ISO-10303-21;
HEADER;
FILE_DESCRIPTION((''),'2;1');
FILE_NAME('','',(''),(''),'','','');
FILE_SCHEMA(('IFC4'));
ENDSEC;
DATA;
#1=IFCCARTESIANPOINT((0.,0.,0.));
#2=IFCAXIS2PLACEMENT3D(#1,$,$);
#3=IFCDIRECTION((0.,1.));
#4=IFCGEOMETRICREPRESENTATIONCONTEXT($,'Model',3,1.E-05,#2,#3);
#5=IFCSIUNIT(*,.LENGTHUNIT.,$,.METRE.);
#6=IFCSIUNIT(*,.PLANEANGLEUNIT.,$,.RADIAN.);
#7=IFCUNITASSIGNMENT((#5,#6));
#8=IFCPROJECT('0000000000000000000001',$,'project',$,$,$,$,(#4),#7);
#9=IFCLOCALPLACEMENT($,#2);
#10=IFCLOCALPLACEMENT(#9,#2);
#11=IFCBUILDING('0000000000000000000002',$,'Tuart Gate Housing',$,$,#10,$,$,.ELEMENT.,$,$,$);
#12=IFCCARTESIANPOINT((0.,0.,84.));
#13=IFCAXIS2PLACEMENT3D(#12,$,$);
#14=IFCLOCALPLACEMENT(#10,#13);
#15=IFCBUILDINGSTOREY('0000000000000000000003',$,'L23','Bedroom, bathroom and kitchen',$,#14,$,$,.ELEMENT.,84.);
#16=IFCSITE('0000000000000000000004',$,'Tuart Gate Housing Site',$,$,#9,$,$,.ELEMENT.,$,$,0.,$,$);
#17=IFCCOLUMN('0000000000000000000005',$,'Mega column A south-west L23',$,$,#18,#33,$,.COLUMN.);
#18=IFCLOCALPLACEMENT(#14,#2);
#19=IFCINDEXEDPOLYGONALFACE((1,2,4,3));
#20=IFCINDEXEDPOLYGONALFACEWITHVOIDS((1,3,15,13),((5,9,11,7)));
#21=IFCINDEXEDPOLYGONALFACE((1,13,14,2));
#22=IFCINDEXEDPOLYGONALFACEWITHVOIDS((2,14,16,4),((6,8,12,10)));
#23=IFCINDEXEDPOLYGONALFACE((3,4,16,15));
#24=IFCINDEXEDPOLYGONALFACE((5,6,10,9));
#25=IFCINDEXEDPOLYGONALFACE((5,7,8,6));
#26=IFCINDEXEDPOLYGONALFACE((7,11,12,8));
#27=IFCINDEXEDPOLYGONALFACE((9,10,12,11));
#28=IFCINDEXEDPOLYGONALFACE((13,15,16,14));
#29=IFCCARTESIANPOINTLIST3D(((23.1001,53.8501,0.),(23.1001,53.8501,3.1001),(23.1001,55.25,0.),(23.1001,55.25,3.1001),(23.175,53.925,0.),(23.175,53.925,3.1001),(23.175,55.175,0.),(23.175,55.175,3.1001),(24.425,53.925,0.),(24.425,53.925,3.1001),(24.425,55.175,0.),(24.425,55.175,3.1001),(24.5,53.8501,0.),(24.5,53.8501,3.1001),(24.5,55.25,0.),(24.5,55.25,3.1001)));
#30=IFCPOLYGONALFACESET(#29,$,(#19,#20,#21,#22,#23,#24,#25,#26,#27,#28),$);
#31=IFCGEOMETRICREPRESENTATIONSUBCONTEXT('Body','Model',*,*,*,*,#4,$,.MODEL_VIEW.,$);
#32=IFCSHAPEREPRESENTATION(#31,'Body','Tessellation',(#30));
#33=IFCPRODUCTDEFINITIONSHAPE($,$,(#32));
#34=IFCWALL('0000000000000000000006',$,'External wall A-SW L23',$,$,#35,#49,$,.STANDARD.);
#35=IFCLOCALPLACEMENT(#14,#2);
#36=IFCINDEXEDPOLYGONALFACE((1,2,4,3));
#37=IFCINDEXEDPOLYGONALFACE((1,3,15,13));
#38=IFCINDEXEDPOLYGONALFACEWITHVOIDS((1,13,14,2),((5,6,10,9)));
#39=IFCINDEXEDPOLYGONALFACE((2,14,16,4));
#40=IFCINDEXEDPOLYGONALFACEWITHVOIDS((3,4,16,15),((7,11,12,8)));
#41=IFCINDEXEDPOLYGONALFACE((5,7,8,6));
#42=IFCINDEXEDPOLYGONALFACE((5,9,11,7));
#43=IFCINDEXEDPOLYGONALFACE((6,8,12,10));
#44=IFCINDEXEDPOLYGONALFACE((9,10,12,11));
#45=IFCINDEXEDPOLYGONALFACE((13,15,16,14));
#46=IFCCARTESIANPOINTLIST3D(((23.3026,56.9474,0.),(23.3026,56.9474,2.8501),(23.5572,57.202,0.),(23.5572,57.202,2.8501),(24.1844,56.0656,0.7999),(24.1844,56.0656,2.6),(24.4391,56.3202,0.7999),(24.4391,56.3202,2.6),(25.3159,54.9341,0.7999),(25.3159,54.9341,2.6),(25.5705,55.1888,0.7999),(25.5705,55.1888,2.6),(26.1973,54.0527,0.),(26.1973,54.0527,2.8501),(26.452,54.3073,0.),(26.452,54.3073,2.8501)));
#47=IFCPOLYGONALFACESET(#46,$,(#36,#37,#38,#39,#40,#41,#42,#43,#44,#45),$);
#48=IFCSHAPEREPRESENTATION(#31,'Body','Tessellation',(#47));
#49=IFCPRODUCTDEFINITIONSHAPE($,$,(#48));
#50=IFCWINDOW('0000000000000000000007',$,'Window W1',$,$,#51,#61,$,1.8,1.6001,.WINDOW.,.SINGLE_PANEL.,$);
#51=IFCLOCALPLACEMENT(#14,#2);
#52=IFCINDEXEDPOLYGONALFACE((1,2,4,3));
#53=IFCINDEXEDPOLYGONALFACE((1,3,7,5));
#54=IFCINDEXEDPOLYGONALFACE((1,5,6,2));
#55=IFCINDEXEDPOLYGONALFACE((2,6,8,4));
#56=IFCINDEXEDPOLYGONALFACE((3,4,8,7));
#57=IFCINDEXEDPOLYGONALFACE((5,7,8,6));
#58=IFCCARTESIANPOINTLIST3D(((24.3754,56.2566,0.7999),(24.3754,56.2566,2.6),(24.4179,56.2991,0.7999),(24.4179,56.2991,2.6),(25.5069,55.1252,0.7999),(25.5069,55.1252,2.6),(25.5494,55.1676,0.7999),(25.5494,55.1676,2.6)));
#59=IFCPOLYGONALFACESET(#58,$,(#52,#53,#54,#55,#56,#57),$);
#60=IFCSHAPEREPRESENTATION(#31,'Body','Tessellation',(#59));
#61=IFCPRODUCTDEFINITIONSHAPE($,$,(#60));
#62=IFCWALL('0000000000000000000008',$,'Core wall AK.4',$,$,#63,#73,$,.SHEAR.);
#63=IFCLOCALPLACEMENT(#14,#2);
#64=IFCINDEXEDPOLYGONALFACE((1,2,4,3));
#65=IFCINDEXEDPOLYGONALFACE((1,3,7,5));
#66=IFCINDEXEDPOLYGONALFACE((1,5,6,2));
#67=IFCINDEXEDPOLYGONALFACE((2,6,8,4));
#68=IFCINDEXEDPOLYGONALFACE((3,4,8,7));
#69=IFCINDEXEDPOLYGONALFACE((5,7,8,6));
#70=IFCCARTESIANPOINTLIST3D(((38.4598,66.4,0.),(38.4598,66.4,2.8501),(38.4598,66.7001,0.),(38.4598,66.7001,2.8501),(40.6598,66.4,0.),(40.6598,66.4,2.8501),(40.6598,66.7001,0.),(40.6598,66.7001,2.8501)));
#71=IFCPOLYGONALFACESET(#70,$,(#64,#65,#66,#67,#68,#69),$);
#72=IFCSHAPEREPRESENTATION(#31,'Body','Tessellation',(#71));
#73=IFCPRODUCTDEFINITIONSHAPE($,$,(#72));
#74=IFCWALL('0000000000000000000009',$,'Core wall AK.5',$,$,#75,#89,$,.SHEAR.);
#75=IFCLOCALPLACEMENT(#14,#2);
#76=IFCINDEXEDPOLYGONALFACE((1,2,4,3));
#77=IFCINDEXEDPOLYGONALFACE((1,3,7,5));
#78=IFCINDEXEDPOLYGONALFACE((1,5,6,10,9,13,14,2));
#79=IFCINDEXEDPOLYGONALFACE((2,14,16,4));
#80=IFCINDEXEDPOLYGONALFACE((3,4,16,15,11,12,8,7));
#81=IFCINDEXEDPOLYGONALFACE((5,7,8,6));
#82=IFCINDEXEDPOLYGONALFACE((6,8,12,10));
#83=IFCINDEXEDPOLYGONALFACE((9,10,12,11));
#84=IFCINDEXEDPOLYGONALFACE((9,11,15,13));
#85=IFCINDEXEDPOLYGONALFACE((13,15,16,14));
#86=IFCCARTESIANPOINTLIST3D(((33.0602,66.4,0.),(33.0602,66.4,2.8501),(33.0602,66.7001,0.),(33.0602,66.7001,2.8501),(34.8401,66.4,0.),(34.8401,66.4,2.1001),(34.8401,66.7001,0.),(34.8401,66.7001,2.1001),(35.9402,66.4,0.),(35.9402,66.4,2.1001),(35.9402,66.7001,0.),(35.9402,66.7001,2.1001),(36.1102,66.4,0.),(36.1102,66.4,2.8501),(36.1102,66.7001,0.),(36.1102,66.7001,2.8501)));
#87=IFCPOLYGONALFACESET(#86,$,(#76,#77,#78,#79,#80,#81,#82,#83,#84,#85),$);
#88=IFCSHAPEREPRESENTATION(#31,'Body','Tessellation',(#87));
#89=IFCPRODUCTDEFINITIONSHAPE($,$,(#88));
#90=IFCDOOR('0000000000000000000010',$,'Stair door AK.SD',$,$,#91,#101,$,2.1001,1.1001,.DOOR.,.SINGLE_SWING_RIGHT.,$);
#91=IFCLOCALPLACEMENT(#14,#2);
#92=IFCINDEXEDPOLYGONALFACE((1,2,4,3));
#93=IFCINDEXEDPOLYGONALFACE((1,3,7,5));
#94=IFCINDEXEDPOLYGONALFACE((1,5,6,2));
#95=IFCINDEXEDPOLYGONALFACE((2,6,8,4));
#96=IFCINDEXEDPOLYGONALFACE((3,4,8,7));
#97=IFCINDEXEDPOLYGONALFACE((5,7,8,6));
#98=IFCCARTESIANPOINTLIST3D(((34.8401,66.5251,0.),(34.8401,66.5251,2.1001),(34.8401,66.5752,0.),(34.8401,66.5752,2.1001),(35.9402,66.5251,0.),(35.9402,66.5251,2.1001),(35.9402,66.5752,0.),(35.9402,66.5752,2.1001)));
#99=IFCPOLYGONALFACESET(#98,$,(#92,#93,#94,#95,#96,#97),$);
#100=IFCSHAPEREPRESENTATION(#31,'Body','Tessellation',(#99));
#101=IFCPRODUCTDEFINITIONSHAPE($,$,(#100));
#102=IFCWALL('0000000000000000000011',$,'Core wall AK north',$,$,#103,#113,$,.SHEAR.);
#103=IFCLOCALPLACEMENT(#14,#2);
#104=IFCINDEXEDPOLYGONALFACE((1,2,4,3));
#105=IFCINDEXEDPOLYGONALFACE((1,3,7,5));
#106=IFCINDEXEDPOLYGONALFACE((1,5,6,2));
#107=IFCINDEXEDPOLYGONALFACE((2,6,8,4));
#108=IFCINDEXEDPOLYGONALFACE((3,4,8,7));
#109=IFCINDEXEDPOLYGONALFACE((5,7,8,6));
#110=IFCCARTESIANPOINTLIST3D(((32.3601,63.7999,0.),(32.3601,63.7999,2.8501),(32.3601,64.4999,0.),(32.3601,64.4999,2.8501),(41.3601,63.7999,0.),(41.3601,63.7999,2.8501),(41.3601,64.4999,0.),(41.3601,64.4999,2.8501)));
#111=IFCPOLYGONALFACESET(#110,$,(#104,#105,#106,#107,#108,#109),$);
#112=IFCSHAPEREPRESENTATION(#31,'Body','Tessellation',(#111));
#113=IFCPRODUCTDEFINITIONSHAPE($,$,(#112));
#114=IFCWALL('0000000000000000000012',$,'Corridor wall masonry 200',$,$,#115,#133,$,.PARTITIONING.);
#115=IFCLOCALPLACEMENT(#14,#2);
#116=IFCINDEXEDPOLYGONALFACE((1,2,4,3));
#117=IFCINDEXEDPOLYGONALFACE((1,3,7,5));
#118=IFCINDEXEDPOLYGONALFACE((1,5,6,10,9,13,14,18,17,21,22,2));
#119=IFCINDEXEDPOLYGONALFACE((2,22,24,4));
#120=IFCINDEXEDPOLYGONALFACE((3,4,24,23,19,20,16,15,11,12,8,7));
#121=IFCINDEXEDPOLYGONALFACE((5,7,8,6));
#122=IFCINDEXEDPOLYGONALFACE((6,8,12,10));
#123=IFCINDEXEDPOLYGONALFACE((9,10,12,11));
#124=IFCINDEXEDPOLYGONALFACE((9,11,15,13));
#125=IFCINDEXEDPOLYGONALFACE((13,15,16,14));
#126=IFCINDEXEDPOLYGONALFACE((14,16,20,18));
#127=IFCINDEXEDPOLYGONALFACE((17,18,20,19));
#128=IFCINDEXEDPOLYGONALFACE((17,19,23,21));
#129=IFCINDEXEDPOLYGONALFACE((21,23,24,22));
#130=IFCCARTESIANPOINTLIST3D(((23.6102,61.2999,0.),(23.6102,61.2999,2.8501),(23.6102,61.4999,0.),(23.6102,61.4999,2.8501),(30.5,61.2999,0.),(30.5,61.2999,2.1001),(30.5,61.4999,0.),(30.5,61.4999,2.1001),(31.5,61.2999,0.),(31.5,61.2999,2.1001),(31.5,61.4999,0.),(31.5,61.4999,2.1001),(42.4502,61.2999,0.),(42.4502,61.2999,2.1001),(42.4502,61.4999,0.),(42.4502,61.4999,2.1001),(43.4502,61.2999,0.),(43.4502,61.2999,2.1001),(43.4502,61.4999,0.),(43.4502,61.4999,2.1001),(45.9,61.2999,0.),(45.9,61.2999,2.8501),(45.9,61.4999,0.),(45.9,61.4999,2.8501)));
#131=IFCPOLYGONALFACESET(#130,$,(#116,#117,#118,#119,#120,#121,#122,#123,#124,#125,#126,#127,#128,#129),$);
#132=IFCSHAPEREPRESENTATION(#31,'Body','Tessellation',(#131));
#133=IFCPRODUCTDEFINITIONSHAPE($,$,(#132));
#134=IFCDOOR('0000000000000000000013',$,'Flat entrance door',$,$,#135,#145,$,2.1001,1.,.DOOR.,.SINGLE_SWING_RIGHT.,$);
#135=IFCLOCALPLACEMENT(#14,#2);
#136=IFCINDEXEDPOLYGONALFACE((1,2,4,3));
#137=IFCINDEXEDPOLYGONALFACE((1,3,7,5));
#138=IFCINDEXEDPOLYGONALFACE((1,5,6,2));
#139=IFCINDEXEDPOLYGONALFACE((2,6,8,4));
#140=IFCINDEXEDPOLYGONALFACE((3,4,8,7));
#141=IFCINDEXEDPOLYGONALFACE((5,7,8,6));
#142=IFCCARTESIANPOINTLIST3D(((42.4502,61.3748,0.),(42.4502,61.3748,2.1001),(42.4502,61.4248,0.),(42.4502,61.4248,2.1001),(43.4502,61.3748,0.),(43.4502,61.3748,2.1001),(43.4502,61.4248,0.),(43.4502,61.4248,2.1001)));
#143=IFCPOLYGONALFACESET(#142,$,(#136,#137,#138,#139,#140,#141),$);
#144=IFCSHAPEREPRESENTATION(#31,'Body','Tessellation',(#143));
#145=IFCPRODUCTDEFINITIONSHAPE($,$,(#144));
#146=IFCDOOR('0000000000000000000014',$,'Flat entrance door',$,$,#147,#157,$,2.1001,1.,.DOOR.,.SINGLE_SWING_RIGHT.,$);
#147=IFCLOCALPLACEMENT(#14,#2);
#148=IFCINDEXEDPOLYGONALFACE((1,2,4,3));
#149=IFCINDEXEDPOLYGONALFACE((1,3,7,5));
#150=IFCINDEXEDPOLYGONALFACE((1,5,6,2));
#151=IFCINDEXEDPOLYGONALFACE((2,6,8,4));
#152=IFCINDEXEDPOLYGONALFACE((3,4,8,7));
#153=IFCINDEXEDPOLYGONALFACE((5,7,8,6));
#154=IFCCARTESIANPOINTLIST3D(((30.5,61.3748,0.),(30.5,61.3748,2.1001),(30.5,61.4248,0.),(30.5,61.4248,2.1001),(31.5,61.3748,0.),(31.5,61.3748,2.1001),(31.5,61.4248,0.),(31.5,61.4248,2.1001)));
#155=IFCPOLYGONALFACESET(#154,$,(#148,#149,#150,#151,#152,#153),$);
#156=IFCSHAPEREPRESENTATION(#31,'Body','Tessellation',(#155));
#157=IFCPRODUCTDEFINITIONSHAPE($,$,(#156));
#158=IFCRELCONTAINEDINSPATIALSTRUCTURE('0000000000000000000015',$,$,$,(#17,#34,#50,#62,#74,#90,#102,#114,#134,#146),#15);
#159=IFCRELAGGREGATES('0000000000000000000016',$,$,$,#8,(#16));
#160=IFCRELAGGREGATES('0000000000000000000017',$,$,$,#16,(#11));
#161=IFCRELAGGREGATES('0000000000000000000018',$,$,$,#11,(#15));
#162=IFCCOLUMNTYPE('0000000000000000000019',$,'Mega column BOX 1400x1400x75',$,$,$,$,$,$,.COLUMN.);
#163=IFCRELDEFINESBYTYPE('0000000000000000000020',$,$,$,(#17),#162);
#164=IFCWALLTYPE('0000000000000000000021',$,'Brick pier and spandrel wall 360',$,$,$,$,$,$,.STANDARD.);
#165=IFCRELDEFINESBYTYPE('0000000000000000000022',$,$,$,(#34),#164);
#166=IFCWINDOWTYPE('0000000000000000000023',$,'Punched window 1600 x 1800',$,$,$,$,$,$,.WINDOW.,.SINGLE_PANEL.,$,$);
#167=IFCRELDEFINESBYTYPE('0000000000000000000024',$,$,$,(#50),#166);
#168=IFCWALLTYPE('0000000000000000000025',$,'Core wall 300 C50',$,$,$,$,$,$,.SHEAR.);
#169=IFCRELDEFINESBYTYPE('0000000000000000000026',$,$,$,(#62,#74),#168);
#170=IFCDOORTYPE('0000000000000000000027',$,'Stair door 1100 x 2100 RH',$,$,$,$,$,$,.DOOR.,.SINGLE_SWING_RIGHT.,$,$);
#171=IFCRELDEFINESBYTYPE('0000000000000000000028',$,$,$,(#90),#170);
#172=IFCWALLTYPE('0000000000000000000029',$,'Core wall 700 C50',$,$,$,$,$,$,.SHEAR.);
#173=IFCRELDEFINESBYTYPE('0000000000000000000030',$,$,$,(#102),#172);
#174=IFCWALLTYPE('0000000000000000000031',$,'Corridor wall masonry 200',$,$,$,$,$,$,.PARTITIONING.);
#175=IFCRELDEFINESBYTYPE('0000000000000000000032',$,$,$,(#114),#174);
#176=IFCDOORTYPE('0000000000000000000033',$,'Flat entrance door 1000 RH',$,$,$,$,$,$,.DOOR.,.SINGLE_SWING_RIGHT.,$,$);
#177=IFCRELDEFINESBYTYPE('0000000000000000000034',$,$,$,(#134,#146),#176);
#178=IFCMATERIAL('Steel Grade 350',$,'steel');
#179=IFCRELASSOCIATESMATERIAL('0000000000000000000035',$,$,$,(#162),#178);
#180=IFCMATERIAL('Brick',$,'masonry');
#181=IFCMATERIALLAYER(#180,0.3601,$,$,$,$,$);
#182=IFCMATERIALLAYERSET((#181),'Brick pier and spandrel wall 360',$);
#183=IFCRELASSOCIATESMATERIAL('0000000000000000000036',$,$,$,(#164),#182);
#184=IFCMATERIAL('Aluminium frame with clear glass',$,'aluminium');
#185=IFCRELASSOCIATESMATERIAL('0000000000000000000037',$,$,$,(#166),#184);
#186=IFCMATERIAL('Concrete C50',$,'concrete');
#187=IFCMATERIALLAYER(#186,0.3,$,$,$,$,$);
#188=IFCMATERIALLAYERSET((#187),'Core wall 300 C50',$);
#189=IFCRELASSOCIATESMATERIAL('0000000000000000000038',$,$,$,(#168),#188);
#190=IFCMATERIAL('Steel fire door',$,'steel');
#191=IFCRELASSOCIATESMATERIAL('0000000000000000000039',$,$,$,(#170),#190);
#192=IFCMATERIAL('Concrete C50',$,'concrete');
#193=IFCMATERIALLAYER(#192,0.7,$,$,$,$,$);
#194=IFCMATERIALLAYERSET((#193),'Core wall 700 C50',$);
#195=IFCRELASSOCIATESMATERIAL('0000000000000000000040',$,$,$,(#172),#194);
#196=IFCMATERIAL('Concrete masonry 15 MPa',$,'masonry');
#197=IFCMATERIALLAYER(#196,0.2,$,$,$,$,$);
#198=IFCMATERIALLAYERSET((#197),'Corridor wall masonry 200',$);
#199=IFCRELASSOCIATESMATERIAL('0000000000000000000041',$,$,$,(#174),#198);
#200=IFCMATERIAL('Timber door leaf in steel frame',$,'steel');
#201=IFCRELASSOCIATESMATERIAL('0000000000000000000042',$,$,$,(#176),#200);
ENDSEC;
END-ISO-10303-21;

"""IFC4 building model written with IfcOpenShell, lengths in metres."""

from ifc_helpers import new_model, si_unit, direction, frame, frame_2d, origin, origin_2d, place, context, subcontext, project, spatial, rectangle, hollow_rectangle, extrude, material, layer, layer_set, material_profile, profile_set, type_object, element, fill, save


model = new_model("IFC4")

# Units and contexts
model_context = context("Model", 3, precision=1e-05, world=origin(), true_north=direction((0.0, 1.0)))
body_context = subcontext(model_context, "Body", "Model", "MODEL_VIEW")
ifc_project = project(units=[si_unit("LENGTHUNIT", "METRE"), si_unit("PLANEANGLEUNIT", "RADIAN")], contexts=[model_context])

# Site, building, storey
site_placement = place(None, origin())
site = spatial("IfcSite", under=ifc_project, at=site_placement, Name="Tuart Gate Housing Site", CompositionType="ELEMENT", RefElevation=0.0)
building_placement = place(site_placement, origin())
building = spatial("IfcBuilding", under=site, at=building_placement, Name="Tuart Gate Housing", CompositionType="ELEMENT")
storey_placement = place(building_placement, frame((0.0, 0.0, 84.0)))
storey = spatial("IfcBuildingStorey", under=building, at=storey_placement, Name="L23", Description="Bedroom, bathroom and kitchen", CompositionType="ELEMENT", Elevation=84.0)

# Column
ifc_material_1 = material(Name="Steel Grade 350", Category="steel")
ifc_material_profile = material_profile(ifc_material_1, hollow_rectangle(XDim=1.3999, YDim=1.3999, WallThickness=0.075, at=origin_2d()), Name="BOX 1400x1400x75")
ifc_profile_set = profile_set([ifc_material_profile], Name="Steel Grade 350")
column_type = type_object("IfcColumnType", Name="Mega column BOX 1400x1400x75", PredefinedType="COLUMN", material=ifc_profile_set)
column_placement = place(storey_placement, frame((23.8, 54.55, 0.0), z_axis=(0.0, 0.0, 1.0), x_axis=(1.0, 0.0, 0.0)))
element("IfcColumn", 1, at=column_placement, inside=storey, type_object=column_type, Name="Mega column A south-west L23", PredefinedType="COLUMN", context=body_context, shape_type="SweptSolid", body=[
    extrude(hollow_rectangle(XDim=1.3999, YDim=1.3999, WallThickness=0.075, at=origin_2d()), origin(), (0.0, 0.0, 1.0), 3.1001),
])

# Wall, opening, window
ifc_material_2 = material(Name="Brick", Category="masonry")
ifc_layer_1 = layer(ifc_material_2, 0.3601)
ifc_layer_set_1 = layer_set([ifc_layer_1], Name="Brick pier and spandrel wall 360")
wall_type_1 = type_object("IfcWallType", Name="Brick pier and spandrel wall 360", PredefinedType="STANDARD", material=ifc_layer_set_1)
wall_1_placement = place(storey_placement, frame((23.4299, 57.0747, 0.0), z_axis=(0.0, 0.0, 1.0), x_axis=(0.707107, -0.707107, 0.0)))
wall_1 = element("IfcWall", 2, at=wall_1_placement, inside=storey, type_object=wall_type_1, Name="External wall A-SW L23", PredefinedType="STANDARD", context=body_context, shape_type="SweptSolid", body=[
    extrude(rectangle(XDim=4.0938, YDim=0.3601, at=frame_2d((2.0469, 0.0))), origin(), (0.0, 0.0, 1.0), 2.8501),
])
opening_1_placement = place(wall_1_placement, frame((1.2471, 0.0, 0.8)))
opening_1 = element("IfcOpeningElement", 3, at=opening_1_placement, cuts=wall_1, PredefinedType="OPENING", context=body_context, shape_type="SweptSolid", body=[
    extrude(rectangle(XDim=1.6001, YDim=1.8, at=frame_2d((0.8, 0.8999))), frame((0.0, 0.1899, 0.0), z_axis=(0.0, -1.0, 0.0), x_axis=(1.0, 0.0, 0.0)), (0.0, 0.0, 1.0), 0.3801),
])
ifc_material_3 = material(Name="Aluminium frame with clear glass", Category="aluminium")
window_type = type_object("IfcWindowType", Name="Punched window 1600 x 1800", PartitioningType="SINGLE_PANEL", PredefinedType="WINDOW", material=ifc_material_3)
window_placement = place(opening_1_placement, origin())
window = element("IfcWindow", 4, at=window_placement, inside=storey, type_object=window_type, Name="Window W1", OverallHeight=1.8, OverallWidth=1.6001, PartitioningType="SINGLE_PANEL", PredefinedType="WINDOW", context=body_context, shape_type="SweptSolid", body=[
    extrude(rectangle(XDim=1.6001, YDim=1.8, at=frame_2d((0.8, 0.8999))), frame((0.0, 0.1501, 0.0), z_axis=(0.0, -1.0, 0.0), x_axis=(1.0, 0.0, 0.0)), (0.0, 0.0, 1.0), 0.0601),
])
fill(opening_1, window)

# Wall
ifc_material_4 = material(Name="Concrete C50", Category="concrete")
ifc_layer_2 = layer(ifc_material_4, 0.3)
ifc_layer_set_2 = layer_set([ifc_layer_2], Name="Core wall 300 C50")
wall_type_2 = type_object("IfcWallType", Name="Core wall 300 C50", PredefinedType="SHEAR", material=ifc_layer_set_2)
wall_2_placement = place(storey_placement, frame((40.6599, 66.55, 0.0), z_axis=(0.0, 0.0, 1.0), x_axis=(-1.0, 0.0, 0.0)))
element("IfcWall", 5, at=wall_2_placement, inside=storey, type_object=wall_type_2, Name="Core wall AK.4", PredefinedType="SHEAR", context=body_context, shape_type="SweptSolid", body=[
    extrude(rectangle(XDim=2.2, YDim=0.3, at=frame_2d((1.1001, 0.0))), origin(), (0.0, 0.0, 1.0), 2.8501),
])

# Wall, opening, door
wall_3_placement = place(storey_placement, frame((36.1101, 66.55, 0.0), z_axis=(0.0, 0.0, 1.0), x_axis=(-1.0, 0.0, 0.0)))
wall_3 = element("IfcWall", 6, at=wall_3_placement, inside=storey, type_object=wall_type_2, Name="Core wall AK.5", PredefinedType="SHEAR", context=body_context, shape_type="SweptSolid", body=[
    extrude(rectangle(XDim=3.05, YDim=0.3, at=frame_2d((1.5249, 0.0))), origin(), (0.0, 0.0, 1.0), 2.8501),
])
opening_2_placement = place(wall_3_placement, frame((0.1699, 0.0, 0.0)))
opening_2 = element("IfcOpeningElement", 7, at=opening_2_placement, cuts=wall_3, PredefinedType="OPENING", context=body_context, shape_type="SweptSolid", body=[
    extrude(rectangle(XDim=1.1001, YDim=2.1001, at=frame_2d((0.55, 1.05))), frame((0.0, 0.1599, 0.0), z_axis=(0.0, -1.0, 0.0), x_axis=(1.0, 0.0, 0.0)), (0.0, 0.0, 1.0), 0.3201),
])
ifc_material_5 = material(Name="Steel fire door", Category="steel")
door_type_1 = type_object("IfcDoorType", Name="Stair door 1100 x 2100 RH", OperationType="SINGLE_SWING_RIGHT", PredefinedType="DOOR", material=ifc_material_5)
door_1_placement = place(opening_2_placement, frame((1.1001, 0.0, 0.0), z_axis=(0.0, 0.0, 1.0), x_axis=(-1.0, 0.0, 0.0)))
door_1 = element("IfcDoor", 8, at=door_1_placement, inside=storey, type_object=door_type_1, Name="Stair door AK.SD", OperationType="SINGLE_SWING_RIGHT", OverallHeight=2.1001, OverallWidth=1.1001, PredefinedType="DOOR", context=body_context, shape_type="SweptSolid", body=[
    extrude(rectangle(XDim=1.1001, YDim=2.1001, at=frame_2d((0.55, 1.05))), frame((0.0, 0.0251, 0.0), z_axis=(0.0, -1.0, 0.0), x_axis=(1.0, 0.0, 0.0)), (0.0, 0.0, 1.0), 0.05),
])
fill(opening_2, door_1)

# Wall
ifc_material_6 = material(Name="Concrete C50", Category="concrete")
ifc_layer_3 = layer(ifc_material_6, 0.7)
ifc_layer_set_3 = layer_set([ifc_layer_3], Name="Core wall 700 C50")
wall_type_3 = type_object("IfcWallType", Name="Core wall 700 C50", PredefinedType="SHEAR", material=ifc_layer_set_3)
wall_4_placement = place(storey_placement, frame((41.3601, 64.1499, 0.0), z_axis=(0.0, 0.0, 1.0), x_axis=(-1.0, 0.0, 0.0)))
element("IfcWall", 9, at=wall_4_placement, inside=storey, type_object=wall_type_3, Name="Core wall AK north", PredefinedType="SHEAR", context=body_context, shape_type="SweptSolid", body=[
    extrude(rectangle(XDim=9.0, YDim=0.7, at=frame_2d((4.5, 0.0))), origin(), (0.0, 0.0, 1.0), 2.8501),
])

# Wall, openings, doors
ifc_material_7 = material(Name="Concrete masonry 15 MPa", Category="masonry")
ifc_layer_4 = layer(ifc_material_7, 0.2)
ifc_layer_set_4 = layer_set([ifc_layer_4], Name="Corridor wall masonry 200")
wall_type_4 = type_object("IfcWallType", Name="Corridor wall masonry 200", PredefinedType="PARTITIONING", material=ifc_layer_set_4)
wall_5_placement = place(storey_placement, frame((23.6101, 61.3999, 0.0), z_axis=(0.0, 0.0, 1.0), x_axis=(1.0, 0.0, 0.0)))
wall_5 = element("IfcWall", 10, at=wall_5_placement, inside=storey, type_object=wall_type_4, Name="Corridor wall masonry 200", PredefinedType="PARTITIONING", context=body_context, shape_type="SweptSolid", body=[
    extrude(rectangle(XDim=22.2898, YDim=0.2, at=frame_2d((11.145, 0.0))), origin(), (0.0, 0.0, 1.0), 2.8501),
])
opening_3_placement = place(wall_5_placement, frame((18.8401, 0.0, 0.0)))
opening_3 = element("IfcOpeningElement", 11, at=opening_3_placement, cuts=wall_5, PredefinedType="OPENING", context=body_context, shape_type="SweptSolid", body=[
    extrude(rectangle(XDim=1.0, YDim=2.1001, at=frame_2d((0.5, 1.05))), frame((0.0, 0.1099, 0.0), z_axis=(0.0, -1.0, 0.0), x_axis=(1.0, 0.0, 0.0)), (0.0, 0.0, 1.0), 0.22),
])
opening_4_placement = place(wall_5_placement, frame((6.8899, 0.0, 0.0)))
opening_4 = element("IfcOpeningElement", 12, at=opening_4_placement, cuts=wall_5, PredefinedType="OPENING", context=body_context, shape_type="SweptSolid", body=[
    extrude(rectangle(XDim=1.0, YDim=2.1001, at=frame_2d((0.5, 1.05))), frame((0.0, 0.1099, 0.0), z_axis=(0.0, -1.0, 0.0), x_axis=(1.0, 0.0, 0.0)), (0.0, 0.0, 1.0), 0.22),
])
ifc_material_8 = material(Name="Timber door leaf in steel frame", Category="steel")
door_type_2 = type_object("IfcDoorType", Name="Flat entrance door 1000 RH", OperationType="SINGLE_SWING_RIGHT", PredefinedType="DOOR", material=ifc_material_8)
door_2_placement = place(opening_3_placement, frame((1.0, 0.0, 0.0), z_axis=(0.0, 0.0, 1.0), x_axis=(-1.0, 0.0, 0.0)))
door_2 = element("IfcDoor", 13, at=door_2_placement, inside=storey, type_object=door_type_2, Name="Flat entrance door", OperationType="SINGLE_SWING_RIGHT", OverallHeight=2.1001, OverallWidth=1.0, PredefinedType="DOOR", context=body_context, shape_type="SweptSolid", body=[
    extrude(rectangle(XDim=1.0, YDim=2.1001, at=frame_2d((0.5, 1.05))), frame((0.0, 0.0251, 0.0), z_axis=(0.0, -1.0, 0.0), x_axis=(1.0, 0.0, 0.0)), (0.0, 0.0, 1.0), 0.05),
])
fill(opening_3, door_2)
door_3_placement = place(opening_4_placement, frame((1.0, 0.0, 0.0), z_axis=(0.0, 0.0, 1.0), x_axis=(-1.0, 0.0, 0.0)))
door_3 = element("IfcDoor", 14, at=door_3_placement, inside=storey, type_object=door_type_2, Name="Flat entrance door", OperationType="SINGLE_SWING_RIGHT", OverallHeight=2.1001, OverallWidth=1.0, PredefinedType="DOOR", context=body_context, shape_type="SweptSolid", body=[
    extrude(rectangle(XDim=1.0, YDim=2.1001, at=frame_2d((0.5, 1.05))), frame((0.0, 0.0251, 0.0), z_axis=(0.0, -1.0, 0.0), x_axis=(1.0, 0.0, 0.0)), (0.0, 0.0, 1.0), 0.05),
])
fill(opening_4, door_3)

save(model, "model.ifc")
